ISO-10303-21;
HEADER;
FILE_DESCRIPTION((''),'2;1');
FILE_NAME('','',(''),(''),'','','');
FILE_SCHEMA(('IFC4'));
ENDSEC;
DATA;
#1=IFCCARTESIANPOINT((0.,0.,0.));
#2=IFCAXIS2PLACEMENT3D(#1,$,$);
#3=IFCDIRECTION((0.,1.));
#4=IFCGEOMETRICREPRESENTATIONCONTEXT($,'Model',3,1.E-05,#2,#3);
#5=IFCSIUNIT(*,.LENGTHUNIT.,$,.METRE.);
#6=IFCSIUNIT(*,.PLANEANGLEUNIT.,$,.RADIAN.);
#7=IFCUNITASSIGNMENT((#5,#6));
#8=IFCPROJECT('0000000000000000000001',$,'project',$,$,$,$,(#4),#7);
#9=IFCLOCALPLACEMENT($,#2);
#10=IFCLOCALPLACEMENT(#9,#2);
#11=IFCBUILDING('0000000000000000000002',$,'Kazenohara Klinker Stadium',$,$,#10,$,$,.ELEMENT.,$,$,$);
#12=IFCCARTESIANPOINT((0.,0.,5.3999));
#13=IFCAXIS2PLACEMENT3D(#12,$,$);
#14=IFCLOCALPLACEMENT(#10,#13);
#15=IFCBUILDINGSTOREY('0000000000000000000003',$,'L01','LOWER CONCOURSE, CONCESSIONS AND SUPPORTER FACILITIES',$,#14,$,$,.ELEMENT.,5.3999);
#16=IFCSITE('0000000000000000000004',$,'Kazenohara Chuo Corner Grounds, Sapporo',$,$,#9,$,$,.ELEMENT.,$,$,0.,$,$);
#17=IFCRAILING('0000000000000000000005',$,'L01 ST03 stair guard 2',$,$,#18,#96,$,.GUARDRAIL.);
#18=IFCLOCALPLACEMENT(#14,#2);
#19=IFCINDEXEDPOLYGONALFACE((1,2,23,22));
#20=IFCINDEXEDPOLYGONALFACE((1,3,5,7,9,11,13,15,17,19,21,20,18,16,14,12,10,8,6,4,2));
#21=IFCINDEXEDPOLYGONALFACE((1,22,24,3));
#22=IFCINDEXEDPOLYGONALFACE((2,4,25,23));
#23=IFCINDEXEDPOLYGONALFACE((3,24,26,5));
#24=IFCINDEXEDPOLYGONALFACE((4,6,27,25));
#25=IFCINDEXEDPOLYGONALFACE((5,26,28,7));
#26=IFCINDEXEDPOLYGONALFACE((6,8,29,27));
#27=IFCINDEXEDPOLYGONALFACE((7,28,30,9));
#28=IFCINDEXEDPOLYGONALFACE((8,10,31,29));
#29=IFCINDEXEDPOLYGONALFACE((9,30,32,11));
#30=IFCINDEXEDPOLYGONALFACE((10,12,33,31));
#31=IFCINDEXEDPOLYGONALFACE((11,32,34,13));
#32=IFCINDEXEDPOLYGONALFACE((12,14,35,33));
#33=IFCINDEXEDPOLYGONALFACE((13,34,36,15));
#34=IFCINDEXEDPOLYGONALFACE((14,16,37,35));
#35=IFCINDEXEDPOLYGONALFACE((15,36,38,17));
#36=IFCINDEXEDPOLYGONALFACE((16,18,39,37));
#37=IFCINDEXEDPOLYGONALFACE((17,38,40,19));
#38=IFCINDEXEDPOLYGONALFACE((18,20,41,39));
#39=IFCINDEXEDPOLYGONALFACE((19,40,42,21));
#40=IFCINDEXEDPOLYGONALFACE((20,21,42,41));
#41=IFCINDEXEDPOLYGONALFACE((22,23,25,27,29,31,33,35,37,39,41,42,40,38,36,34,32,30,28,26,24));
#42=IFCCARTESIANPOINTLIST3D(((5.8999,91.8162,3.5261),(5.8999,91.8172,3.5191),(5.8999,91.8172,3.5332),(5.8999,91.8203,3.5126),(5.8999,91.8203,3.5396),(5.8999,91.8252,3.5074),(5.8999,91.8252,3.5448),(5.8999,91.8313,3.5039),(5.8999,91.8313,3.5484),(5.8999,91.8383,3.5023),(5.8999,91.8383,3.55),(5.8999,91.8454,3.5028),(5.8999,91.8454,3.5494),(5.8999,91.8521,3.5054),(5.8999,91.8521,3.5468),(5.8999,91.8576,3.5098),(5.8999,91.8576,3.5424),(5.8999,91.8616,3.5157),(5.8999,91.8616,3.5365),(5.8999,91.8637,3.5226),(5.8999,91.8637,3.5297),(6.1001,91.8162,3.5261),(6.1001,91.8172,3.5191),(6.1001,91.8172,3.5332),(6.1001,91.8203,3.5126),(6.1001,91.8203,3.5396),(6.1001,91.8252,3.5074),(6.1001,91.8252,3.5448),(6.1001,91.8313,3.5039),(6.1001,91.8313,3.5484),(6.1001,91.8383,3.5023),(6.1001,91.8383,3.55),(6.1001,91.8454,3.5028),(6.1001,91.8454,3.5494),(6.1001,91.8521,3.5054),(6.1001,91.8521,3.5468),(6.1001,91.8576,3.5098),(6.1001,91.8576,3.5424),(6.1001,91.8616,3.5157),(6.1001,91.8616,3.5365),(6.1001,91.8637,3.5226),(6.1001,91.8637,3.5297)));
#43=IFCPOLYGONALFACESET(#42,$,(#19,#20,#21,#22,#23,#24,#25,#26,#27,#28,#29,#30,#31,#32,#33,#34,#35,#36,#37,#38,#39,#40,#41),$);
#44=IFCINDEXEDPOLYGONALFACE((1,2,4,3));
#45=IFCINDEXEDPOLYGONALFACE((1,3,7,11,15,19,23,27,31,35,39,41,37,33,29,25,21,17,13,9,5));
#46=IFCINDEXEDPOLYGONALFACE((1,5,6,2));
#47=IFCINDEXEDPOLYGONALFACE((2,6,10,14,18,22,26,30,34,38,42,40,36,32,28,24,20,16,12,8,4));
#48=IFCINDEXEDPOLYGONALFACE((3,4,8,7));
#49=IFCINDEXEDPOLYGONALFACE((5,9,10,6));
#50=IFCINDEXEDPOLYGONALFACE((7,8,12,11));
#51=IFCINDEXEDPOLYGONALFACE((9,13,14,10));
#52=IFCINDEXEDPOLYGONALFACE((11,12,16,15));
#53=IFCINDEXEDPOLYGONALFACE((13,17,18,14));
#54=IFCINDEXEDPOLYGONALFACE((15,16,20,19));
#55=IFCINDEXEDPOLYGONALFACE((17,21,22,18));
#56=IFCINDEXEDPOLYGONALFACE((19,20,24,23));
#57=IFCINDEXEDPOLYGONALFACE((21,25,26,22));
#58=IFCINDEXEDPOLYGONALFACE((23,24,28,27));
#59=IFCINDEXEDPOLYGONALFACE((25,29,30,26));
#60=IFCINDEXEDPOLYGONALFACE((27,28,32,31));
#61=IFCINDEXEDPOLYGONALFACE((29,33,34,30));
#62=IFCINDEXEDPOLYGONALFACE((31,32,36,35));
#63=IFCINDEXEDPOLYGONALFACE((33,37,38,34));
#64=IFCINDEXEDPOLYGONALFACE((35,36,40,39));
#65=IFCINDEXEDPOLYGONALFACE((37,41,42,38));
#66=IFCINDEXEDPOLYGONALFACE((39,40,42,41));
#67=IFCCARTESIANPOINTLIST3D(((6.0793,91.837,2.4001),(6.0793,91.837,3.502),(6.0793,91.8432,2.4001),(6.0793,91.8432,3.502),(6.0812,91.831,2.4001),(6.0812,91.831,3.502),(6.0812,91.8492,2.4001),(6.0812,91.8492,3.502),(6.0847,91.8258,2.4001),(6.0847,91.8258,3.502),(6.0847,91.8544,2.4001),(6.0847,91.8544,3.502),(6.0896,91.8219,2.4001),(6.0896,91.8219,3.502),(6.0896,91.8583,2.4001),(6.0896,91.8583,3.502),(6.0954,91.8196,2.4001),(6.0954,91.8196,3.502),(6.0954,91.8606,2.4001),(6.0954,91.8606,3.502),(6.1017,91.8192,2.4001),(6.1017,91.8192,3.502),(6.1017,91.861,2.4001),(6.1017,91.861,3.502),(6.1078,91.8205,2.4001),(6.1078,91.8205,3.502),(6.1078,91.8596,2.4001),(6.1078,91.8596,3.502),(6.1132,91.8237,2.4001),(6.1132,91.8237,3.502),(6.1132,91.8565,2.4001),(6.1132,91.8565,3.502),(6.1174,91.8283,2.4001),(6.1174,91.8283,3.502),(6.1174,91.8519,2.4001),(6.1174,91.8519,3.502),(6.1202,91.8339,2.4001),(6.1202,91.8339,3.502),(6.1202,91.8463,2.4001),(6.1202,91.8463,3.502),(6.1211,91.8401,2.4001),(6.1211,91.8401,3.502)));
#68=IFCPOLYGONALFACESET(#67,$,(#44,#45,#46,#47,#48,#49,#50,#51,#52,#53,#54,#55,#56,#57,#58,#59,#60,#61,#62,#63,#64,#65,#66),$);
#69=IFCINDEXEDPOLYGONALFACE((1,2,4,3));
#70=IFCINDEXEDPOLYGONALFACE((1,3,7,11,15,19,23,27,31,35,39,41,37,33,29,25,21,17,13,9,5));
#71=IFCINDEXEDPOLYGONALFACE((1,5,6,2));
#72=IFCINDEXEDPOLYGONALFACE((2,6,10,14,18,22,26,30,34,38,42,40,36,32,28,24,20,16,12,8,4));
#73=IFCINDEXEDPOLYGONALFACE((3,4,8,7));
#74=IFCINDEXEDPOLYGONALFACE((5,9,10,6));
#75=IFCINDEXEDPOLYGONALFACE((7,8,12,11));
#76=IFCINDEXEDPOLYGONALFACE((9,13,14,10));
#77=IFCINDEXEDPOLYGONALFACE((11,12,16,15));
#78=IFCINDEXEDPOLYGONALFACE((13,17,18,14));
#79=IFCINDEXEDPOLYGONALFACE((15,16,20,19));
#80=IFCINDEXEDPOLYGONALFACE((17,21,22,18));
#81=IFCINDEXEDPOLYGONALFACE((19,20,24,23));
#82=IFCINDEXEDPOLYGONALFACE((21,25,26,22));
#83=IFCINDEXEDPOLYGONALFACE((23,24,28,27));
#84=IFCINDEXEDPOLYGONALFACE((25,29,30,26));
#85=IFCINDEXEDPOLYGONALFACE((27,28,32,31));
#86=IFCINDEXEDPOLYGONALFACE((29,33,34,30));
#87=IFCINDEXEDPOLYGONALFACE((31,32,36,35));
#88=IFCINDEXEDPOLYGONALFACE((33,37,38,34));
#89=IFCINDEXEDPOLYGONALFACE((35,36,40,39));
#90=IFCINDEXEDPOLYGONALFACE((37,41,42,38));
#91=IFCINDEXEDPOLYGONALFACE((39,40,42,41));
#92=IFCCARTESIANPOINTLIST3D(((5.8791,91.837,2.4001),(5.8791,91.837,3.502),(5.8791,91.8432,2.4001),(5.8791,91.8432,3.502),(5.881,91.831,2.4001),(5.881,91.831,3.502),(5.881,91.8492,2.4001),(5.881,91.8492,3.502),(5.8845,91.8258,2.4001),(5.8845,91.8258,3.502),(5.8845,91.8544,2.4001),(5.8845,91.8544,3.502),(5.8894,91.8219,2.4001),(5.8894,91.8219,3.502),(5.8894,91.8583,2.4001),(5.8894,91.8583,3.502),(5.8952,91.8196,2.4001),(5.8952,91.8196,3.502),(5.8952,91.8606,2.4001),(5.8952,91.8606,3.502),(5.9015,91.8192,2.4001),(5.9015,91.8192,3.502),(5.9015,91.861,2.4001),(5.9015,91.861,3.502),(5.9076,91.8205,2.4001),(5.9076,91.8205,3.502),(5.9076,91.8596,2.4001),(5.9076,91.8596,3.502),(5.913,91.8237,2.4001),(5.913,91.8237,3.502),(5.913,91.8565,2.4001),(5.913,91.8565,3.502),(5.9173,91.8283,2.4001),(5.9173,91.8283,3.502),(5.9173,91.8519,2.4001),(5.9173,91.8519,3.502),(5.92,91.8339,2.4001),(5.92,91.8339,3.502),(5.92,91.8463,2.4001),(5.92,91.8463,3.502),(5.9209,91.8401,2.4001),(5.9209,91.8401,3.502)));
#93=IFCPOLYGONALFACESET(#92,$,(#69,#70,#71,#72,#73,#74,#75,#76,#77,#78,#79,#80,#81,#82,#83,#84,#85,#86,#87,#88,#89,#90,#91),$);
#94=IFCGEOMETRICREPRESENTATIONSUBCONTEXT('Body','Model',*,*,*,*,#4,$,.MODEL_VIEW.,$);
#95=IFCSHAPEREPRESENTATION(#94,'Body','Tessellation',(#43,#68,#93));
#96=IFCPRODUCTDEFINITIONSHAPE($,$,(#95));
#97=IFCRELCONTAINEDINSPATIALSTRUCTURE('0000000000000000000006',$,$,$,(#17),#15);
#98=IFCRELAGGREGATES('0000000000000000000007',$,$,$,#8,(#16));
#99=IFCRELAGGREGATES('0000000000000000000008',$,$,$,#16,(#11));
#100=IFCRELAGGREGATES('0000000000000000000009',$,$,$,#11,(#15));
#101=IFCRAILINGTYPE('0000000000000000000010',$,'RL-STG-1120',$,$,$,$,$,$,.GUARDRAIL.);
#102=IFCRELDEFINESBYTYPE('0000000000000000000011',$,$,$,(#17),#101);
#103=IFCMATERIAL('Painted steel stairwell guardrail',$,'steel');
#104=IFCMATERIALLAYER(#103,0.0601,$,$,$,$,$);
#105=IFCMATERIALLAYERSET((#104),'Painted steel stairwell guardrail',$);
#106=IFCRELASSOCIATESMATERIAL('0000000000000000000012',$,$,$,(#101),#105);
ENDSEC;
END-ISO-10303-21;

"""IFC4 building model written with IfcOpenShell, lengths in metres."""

from ifc_helpers import new_model, si_unit, direction, frame, origin, origin_2d, place, context, subcontext, project, spatial, circle, extrude, material, layer, layer_set, type_object, element, save


model = new_model("IFC4")

# Units and contexts
model_context = context("Model", 3, precision=1e-05, world=origin(), true_north=direction((0.0, 1.0)))
body_context = subcontext(model_context, "Body", "Model", "MODEL_VIEW")
ifc_project = project(units=[si_unit("LENGTHUNIT", "METRE"), si_unit("PLANEANGLEUNIT", "RADIAN")], contexts=[model_context])

# Site, building, storey
site_placement = place(None, origin())
site = spatial("IfcSite", under=ifc_project, at=site_placement, Name="Kazenohara Chuo Corner Grounds, Sapporo", CompositionType="ELEMENT", RefElevation=0.0)
building_placement = place(site_placement, origin())
building = spatial("IfcBuilding", under=site, at=building_placement, Name="Kazenohara Klinker Stadium", CompositionType="ELEMENT")
storey_placement = place(building_placement, frame((0.0, 0.0, 5.3999)))
storey = spatial("IfcBuildingStorey", under=building, at=storey_placement, Name="L01", Description="LOWER CONCOURSE, CONCESSIONS AND SUPPORTER FACILITIES", CompositionType="ELEMENT", Elevation=5.3999)

# Railing
ifc_material_1 = material(Name="Painted steel stairwell guardrail", Category="steel")
ifc_layer_1 = layer(ifc_material_1, 0.0601)
ifc_layer_set_1 = layer_set([ifc_layer_1], Name="Painted steel stairwell guardrail")
railing_type_1 = type_object("IfcRailingType", Name="RL-STG-1120", PredefinedType="GUARDRAIL", material=ifc_layer_set_1)
railing_1_placement = place(storey_placement, frame((6.1001, 91.8401, 2.4001)))
element("IfcRailing", 1, at=railing_1_placement, inside=storey, type_object=railing_type_1, Name="L01 ST03 stair guard 2", PredefinedType="GUARDRAIL", context=body_context, shape_type="SweptSolid", body=[
    extrude(circle(Radius=0.0239, at=origin_2d()), frame((0.0, 0.0, 1.126), z_axis=(-1.0, 0.0, 0.0), x_axis=(0.0, -1.0, 0.0)), (0.0, 0.0, 1.0), 0.2002),
    extrude(circle(Radius=0.021, at=origin_2d()), origin(), (0.0, 0.0, 1.0), 1.1018),
    extrude(circle(Radius=0.021, at=origin_2d()), frame((-0.2002, 0.0, 0.0)), (0.0, 0.0, 1.0), 1.1018),
])

save(model, "model.ifc")
